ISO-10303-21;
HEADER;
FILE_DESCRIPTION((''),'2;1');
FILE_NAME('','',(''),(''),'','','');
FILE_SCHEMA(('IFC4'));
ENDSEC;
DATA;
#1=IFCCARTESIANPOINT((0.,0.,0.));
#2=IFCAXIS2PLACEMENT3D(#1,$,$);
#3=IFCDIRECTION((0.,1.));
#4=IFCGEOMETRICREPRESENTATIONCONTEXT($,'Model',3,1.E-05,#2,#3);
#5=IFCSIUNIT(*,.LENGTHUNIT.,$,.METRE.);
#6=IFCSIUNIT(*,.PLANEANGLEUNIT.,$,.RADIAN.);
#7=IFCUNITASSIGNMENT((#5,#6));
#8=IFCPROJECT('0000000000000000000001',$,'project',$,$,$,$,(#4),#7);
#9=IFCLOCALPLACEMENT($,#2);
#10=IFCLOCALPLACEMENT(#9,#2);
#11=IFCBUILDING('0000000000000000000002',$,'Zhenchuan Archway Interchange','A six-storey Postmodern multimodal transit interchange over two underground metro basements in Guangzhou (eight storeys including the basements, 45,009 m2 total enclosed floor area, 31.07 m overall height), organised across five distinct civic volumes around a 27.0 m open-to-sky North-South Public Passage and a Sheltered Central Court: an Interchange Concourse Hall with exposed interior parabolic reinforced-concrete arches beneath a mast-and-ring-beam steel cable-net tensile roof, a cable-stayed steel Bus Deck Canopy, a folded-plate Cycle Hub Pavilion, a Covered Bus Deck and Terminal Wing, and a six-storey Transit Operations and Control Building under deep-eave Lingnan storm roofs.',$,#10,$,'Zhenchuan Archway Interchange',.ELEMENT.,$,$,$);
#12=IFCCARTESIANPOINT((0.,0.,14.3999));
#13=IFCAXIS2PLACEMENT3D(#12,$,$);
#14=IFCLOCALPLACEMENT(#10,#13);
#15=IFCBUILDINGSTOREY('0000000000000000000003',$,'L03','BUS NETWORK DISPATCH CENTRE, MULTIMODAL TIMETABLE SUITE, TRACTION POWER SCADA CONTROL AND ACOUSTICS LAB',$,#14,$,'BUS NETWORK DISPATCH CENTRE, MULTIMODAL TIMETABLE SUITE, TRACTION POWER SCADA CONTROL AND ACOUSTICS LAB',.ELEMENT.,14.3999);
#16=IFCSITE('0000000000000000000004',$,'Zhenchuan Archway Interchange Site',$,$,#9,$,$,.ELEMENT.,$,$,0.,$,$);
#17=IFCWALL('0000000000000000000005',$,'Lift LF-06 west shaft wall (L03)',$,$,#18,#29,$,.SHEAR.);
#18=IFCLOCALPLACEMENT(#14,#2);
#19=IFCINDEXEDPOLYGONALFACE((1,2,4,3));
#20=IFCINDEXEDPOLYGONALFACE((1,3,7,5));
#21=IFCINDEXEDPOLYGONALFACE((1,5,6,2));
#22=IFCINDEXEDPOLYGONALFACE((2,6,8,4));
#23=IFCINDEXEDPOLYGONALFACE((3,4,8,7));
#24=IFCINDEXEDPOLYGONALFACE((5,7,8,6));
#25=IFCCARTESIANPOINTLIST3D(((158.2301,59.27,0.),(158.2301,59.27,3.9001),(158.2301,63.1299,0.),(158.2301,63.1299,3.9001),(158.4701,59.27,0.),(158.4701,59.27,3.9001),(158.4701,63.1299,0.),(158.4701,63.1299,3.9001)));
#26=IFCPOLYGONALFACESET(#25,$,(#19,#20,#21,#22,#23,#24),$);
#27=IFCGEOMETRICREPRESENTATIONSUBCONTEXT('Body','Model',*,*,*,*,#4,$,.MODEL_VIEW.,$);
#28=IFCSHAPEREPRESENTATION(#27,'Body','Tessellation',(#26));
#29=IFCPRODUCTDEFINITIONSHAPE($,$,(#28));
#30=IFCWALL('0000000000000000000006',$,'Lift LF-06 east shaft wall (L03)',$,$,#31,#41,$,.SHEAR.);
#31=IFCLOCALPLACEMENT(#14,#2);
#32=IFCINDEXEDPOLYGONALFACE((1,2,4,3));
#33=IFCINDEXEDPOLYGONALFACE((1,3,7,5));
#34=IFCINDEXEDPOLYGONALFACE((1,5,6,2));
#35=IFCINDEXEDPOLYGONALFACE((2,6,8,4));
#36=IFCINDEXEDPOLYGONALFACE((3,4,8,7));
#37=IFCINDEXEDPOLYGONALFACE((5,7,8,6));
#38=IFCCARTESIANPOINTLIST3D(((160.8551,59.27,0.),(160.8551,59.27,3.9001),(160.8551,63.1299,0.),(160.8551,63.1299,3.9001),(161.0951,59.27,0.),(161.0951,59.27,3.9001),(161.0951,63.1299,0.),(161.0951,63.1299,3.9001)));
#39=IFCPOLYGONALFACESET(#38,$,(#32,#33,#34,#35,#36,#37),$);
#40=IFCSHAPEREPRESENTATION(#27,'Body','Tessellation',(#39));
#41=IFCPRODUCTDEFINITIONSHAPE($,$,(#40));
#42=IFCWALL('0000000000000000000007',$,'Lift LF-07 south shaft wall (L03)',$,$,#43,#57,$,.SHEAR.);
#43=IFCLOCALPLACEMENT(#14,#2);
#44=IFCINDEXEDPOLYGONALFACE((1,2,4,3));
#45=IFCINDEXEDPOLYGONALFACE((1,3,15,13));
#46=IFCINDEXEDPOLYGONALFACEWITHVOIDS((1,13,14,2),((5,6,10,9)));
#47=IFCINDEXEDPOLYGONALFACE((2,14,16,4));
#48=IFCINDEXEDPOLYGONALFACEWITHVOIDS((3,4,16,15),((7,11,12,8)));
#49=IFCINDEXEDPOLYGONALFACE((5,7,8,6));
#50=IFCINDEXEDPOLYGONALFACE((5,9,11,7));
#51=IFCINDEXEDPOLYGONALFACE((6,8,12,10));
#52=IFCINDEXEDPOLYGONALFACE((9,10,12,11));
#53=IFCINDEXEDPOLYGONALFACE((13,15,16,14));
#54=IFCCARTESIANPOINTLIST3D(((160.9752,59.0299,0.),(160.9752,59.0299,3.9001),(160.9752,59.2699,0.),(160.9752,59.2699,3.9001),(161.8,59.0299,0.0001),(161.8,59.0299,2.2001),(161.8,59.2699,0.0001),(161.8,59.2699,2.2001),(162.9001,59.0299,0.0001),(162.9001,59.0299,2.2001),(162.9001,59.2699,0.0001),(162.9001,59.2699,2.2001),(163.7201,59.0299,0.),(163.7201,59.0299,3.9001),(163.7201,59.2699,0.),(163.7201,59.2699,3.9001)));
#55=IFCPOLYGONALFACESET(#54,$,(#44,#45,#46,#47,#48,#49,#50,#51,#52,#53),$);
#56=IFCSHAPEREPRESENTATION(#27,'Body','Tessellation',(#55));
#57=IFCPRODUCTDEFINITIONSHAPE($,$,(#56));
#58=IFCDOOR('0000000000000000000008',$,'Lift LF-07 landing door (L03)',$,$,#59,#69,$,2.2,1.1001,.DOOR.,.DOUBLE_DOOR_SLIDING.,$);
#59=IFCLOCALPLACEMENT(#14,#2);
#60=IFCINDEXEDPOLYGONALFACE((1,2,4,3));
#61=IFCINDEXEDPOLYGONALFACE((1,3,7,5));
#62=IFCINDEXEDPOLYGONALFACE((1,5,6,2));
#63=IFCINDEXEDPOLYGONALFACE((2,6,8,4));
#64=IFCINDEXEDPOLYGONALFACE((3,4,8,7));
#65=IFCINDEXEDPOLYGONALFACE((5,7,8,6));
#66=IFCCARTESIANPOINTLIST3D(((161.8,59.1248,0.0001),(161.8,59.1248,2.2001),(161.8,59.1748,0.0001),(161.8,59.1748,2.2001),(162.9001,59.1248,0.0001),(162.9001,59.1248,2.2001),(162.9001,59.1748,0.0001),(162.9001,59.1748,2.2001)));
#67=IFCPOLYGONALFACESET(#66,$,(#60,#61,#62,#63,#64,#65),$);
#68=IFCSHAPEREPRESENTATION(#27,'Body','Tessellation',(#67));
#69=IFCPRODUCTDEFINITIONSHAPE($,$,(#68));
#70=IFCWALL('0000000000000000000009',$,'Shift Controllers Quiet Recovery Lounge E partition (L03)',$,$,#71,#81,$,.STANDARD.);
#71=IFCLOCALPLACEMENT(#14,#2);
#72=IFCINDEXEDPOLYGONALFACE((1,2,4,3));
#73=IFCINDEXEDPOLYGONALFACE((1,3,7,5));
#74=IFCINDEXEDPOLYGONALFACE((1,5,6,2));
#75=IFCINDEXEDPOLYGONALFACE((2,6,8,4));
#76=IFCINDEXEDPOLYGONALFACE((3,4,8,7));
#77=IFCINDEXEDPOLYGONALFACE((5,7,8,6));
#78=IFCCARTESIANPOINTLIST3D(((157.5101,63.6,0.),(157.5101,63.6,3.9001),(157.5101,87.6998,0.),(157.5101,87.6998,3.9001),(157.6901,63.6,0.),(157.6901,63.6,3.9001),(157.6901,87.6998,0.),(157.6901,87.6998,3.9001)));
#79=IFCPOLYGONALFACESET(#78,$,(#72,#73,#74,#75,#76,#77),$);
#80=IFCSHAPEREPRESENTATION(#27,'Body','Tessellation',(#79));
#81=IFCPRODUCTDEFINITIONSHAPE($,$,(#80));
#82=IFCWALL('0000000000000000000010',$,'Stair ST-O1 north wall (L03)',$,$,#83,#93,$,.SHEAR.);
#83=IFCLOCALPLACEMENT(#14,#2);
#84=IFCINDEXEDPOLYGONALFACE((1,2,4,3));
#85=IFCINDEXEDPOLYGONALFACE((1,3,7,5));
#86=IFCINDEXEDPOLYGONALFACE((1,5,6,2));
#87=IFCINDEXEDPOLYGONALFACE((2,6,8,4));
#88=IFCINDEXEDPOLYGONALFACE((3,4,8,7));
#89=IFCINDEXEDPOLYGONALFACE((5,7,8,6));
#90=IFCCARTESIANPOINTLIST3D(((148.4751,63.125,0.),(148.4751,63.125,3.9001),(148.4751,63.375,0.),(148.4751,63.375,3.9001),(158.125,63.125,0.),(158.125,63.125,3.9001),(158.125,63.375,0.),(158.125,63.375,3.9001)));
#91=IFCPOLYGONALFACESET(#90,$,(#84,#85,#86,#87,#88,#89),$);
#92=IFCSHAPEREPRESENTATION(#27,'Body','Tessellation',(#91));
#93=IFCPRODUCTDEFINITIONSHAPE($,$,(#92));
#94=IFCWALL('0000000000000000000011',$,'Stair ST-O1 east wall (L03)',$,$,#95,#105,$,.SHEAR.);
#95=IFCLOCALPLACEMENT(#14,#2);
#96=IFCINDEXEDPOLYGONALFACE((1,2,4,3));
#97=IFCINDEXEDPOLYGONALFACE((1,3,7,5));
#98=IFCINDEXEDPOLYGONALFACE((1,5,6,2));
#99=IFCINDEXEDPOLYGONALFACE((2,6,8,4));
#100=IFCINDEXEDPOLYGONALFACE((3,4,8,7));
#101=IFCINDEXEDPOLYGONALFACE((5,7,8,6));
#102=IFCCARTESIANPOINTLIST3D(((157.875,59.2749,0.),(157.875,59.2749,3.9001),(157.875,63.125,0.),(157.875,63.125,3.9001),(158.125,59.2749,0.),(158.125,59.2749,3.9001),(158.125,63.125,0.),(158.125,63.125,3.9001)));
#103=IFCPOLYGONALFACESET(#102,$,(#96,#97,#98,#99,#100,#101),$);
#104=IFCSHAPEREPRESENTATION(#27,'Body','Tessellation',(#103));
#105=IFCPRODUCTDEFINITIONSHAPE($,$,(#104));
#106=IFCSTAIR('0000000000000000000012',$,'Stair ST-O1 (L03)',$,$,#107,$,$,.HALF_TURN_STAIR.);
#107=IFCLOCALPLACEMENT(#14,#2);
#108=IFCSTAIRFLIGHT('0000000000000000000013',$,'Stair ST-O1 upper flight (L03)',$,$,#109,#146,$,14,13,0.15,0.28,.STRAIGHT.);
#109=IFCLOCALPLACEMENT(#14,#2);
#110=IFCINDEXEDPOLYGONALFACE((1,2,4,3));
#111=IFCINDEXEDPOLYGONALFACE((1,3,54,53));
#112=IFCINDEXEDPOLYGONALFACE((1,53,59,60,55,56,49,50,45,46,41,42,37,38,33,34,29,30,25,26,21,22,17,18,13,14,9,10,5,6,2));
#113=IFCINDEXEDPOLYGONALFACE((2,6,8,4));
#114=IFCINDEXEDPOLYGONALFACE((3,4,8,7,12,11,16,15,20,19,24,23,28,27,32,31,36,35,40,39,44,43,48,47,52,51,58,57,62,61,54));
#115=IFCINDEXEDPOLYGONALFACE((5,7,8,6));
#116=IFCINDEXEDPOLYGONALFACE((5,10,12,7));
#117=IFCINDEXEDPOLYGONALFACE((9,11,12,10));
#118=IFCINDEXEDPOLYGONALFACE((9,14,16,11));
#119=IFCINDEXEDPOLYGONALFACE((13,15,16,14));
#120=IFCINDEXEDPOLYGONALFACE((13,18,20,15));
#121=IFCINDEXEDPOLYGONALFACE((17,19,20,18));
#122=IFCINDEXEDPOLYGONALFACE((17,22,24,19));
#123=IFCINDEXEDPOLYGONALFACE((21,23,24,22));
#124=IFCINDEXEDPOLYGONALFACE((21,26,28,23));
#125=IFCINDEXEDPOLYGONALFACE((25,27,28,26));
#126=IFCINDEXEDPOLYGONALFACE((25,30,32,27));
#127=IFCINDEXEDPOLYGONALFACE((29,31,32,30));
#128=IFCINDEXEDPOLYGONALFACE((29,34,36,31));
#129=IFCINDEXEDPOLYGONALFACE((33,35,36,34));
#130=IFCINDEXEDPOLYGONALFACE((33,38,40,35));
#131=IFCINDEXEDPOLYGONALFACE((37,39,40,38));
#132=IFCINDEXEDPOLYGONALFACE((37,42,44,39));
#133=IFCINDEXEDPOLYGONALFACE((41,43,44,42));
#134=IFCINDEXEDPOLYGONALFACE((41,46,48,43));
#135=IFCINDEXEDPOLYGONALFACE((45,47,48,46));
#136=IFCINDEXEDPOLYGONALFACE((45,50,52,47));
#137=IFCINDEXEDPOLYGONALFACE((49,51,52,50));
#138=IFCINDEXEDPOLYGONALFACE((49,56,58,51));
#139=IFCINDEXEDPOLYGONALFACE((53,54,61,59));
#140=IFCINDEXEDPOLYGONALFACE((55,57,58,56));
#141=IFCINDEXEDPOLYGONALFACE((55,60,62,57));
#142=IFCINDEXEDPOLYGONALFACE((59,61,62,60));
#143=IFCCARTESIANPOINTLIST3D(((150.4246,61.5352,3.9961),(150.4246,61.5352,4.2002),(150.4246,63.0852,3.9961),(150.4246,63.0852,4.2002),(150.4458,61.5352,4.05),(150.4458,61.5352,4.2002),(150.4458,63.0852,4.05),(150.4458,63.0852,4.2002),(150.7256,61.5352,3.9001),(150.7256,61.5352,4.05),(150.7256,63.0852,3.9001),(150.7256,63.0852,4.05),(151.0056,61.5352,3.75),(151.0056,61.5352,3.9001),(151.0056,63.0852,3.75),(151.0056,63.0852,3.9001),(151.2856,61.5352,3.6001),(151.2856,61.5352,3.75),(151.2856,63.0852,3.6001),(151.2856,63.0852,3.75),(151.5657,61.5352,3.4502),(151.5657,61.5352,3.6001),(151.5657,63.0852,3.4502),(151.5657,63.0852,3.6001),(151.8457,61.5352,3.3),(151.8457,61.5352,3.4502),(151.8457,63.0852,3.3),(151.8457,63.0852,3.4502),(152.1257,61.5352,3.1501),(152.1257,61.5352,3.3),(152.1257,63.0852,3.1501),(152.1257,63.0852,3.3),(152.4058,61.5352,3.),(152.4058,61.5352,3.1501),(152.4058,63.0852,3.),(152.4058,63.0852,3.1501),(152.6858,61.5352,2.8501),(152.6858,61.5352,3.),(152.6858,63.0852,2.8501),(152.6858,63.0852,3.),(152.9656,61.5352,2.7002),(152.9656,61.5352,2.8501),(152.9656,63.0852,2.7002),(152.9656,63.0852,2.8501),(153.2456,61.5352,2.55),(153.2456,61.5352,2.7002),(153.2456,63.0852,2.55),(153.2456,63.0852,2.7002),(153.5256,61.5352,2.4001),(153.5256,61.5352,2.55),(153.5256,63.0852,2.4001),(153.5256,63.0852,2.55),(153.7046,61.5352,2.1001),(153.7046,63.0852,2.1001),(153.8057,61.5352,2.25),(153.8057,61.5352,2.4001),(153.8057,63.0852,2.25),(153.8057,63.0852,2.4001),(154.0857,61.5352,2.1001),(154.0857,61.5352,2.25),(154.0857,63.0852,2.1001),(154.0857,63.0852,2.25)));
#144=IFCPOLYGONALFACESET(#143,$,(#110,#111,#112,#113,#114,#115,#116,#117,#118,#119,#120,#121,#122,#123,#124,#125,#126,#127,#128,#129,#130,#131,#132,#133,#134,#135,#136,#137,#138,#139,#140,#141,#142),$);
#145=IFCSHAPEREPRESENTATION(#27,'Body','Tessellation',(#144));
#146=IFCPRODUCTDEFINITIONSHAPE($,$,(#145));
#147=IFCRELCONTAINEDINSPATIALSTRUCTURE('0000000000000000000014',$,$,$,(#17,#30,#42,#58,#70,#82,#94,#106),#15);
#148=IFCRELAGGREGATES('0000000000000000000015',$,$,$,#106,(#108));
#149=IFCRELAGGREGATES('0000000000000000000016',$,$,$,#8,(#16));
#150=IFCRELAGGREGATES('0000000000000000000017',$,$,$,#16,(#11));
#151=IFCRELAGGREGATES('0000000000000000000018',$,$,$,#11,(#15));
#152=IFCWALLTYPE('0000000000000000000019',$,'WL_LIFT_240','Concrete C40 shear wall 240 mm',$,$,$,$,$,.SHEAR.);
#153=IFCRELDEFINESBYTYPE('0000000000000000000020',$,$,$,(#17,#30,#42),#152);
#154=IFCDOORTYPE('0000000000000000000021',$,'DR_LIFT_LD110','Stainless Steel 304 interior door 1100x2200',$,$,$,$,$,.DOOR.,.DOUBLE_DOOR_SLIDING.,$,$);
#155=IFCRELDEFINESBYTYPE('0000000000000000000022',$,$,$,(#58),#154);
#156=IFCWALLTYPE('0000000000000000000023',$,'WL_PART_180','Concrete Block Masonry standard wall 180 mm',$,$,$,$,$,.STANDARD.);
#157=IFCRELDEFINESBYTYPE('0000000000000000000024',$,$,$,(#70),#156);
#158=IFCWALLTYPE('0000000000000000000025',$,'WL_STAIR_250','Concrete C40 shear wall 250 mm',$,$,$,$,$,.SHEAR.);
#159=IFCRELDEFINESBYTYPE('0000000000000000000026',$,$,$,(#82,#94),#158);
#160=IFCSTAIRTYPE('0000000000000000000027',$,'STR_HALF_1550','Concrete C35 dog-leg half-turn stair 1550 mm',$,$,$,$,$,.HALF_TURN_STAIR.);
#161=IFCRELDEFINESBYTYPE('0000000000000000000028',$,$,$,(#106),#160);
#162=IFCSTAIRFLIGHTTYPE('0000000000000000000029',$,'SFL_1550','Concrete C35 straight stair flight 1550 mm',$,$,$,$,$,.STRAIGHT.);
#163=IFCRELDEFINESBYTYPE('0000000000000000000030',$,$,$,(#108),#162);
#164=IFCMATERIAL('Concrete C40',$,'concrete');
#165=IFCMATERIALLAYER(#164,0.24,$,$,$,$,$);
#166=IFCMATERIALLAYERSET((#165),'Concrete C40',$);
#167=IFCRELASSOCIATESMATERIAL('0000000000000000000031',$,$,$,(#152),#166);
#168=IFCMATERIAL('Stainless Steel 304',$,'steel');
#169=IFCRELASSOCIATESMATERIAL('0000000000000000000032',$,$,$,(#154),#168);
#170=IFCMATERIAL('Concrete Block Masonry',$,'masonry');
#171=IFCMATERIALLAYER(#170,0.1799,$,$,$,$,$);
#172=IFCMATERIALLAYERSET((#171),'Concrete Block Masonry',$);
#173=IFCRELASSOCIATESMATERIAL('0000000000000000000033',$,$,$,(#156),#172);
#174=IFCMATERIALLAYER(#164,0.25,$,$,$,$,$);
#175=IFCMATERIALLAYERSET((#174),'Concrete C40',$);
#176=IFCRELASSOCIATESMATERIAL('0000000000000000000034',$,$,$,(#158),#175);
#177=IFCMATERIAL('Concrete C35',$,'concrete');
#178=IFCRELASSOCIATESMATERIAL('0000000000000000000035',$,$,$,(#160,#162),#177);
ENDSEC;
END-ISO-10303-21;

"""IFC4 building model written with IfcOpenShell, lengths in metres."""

from ifc_helpers import new_model, si_unit, direction, frame, frame_2d, origin, place, context, subcontext, project, spatial, polyline, rectangle, outline, extrude, material, layer, layer_set, type_object, element, fill, aggregate, save


model = new_model("IFC4")

# Units and contexts
model_context = context("Model", 3, precision=1e-05, world=origin(), true_north=direction((0.0, 1.0)))
body_context = subcontext(model_context, "Body", "Model", "MODEL_VIEW")
ifc_project = project(units=[si_unit("LENGTHUNIT", "METRE"), si_unit("PLANEANGLEUNIT", "RADIAN")], contexts=[model_context])

# Site, building, storey
site_placement = place(None, origin())
site = spatial("IfcSite", under=ifc_project, at=site_placement, Name="Zhenchuan Archway Interchange Site", CompositionType="ELEMENT", RefElevation=0.0)
building_placement = place(site_placement, origin())
building = spatial("IfcBuilding", under=site, at=building_placement, Name="Zhenchuan Archway Interchange", Description="A six-storey Postmodern multimodal transit interchange over two underground metro basements in Guangzhou (eight storeys including the basements, 45,009 m2 total enclosed floor area, 31.07 m overall height), organised across five distinct civic volumes around a 27.0 m open-to-sky North-South Public Passage and a Sheltered Central Court: an Interchange Concourse Hall with exposed interior parabolic reinforced-concrete arches beneath a mast-and-ring-beam steel cable-net tensile roof, a cable-stayed steel Bus Deck Canopy, a folded-plate Cycle Hub Pavilion, a Covered Bus Deck and Terminal Wing, and a six-storey Transit Operations and Control Building under deep-eave Lingnan storm roofs.", LongName="Zhenchuan Archway Interchange", CompositionType="ELEMENT")
storey_placement = place(building_placement, frame((0.0, 0.0, 14.3999)))
storey = spatial("IfcBuildingStorey", under=building, at=storey_placement, Name="L03", Description="BUS NETWORK DISPATCH CENTRE, MULTIMODAL TIMETABLE SUITE, TRACTION POWER SCADA CONTROL AND ACOUSTICS LAB", LongName="BUS NETWORK DISPATCH CENTRE, MULTIMODAL TIMETABLE SUITE, TRACTION POWER SCADA CONTROL AND ACOUSTICS LAB", CompositionType="ELEMENT", Elevation=14.3999)

# Shared definitions
ifc_material_1 = material(Name="Concrete C40", Category="concrete")

# Shared definitions
ifc_layer_1 = layer(ifc_material_1, 0.24)
ifc_layer_set_1 = layer_set([ifc_layer_1], Name="Concrete C40")
wall_type_1 = type_object("IfcWallType", Name="WL_LIFT_240", Description="Concrete C40 shear wall 240 mm", PredefinedType="SHEAR", material=ifc_layer_set_1)
ifc_material_2 = material(Name="Stainless Steel 304", Category="steel")
door_type = type_object("IfcDoorType", Name="DR_LIFT_LD110", Description="Stainless Steel 304 interior door 1100x2200", OperationType="DOUBLE_DOOR_SLIDING", PredefinedType="DOOR", material=ifc_material_2)

# Walls
for number, where, z_axis, x_axis, name in (
    (1, (158.3501, 63.1299, 0.0), (0.0, 0.0, 1.0), (0.0, -1.0, 0.0), "Lift LF-06 west shaft wall (L03)"),
    (2, (160.9751, 59.27, 0.0), (0.0, 0.0, 1.0), (0.0, 1.0, 0.0), "Lift LF-06 east shaft wall (L03)"),
):
    element("IfcWall", number, at=place(storey_placement, frame(where, z_axis=z_axis, x_axis=x_axis)), inside=storey, type_object=wall_type_1, Name=name, PredefinedType="SHEAR", context=body_context, shape_type="SweptSolid", body=[
        extrude(rectangle(XDim=3.8599, YDim=0.24, at=frame_2d((1.9299, 0.0))), origin(), (0.0, 0.0, 1.0), 3.9001),
    ])

# Wall, opening, door
wall_1_placement = place(storey_placement, frame((160.9751, 59.1499, 0.0), z_axis=(0.0, 0.0, 1.0), x_axis=(1.0, 0.0, 0.0)))
wall_1 = element("IfcWall", 3, at=wall_1_placement, inside=storey, type_object=wall_type_1, Name="Lift LF-07 south shaft wall (L03)", PredefinedType="SHEAR", context=body_context, shape_type="SweptSolid", body=[
    extrude(rectangle(XDim=2.7449, YDim=0.24, at=frame_2d((1.3726, 0.0))), origin(), (0.0, 0.0, 1.0), 3.9001),
])
opening_1_placement = place(wall_1_placement, frame((0.825, 0.0, 0.0)))
opening_1 = element("IfcOpeningElement", 4, at=opening_1_placement, cuts=wall_1, PredefinedType="OPENING", context=body_context, shape_type="SweptSolid", body=[
    extrude(rectangle(XDim=1.1001, YDim=2.2, at=frame_2d((0.55, 1.1001))), frame((0.0, 0.1318, 0.0), z_axis=(0.0, -1.0, 0.0), x_axis=(1.0, 0.0, 0.0)), (0.0, 0.0, 1.0), 0.2639),
])
door_1_placement = place(opening_1_placement, origin())
door_1 = element("IfcDoor", 5, at=door_1_placement, inside=storey, type_object=door_type, Name="Lift LF-07 landing door (L03)", OperationType="DOUBLE_DOOR_SLIDING", OverallHeight=2.2, OverallWidth=1.1001, PredefinedType="DOOR", context=body_context, shape_type="SweptSolid", body=[
    extrude(rectangle(XDim=1.1001, YDim=2.2, at=frame_2d((0.55, 1.1001))), frame((0.0, 0.0249, 0.0), z_axis=(0.0, -1.0, 0.0), x_axis=(1.0, 0.0, 0.0)), (0.0, 0.0, 1.0), 0.05),
])
fill(opening_1, door_1)

# Walls
ifc_material_3 = material(Name="Concrete Block Masonry", Category="masonry")
ifc_layer_2 = layer(ifc_material_3, 0.1799)
ifc_layer_set_2 = layer_set([ifc_layer_2], Name="Concrete Block Masonry")
wall_type_2 = type_object("IfcWallType", Name="WL_PART_180", Description="Concrete Block Masonry standard wall 180 mm", PredefinedType="STANDARD", material=ifc_layer_set_2)
wall_2_placement = place(storey_placement, frame((157.6001, 63.6001, 0.0), z_axis=(0.0, 0.0, 1.0), x_axis=(0.0, 1.0, 0.0)))
element("IfcWall", 6, at=wall_2_placement, inside=storey, type_object=wall_type_2, Name="Shift Controllers Quiet Recovery Lounge E partition (L03)", PredefinedType="STANDARD", context=body_context, shape_type="SweptSolid", body=[
    extrude(rectangle(XDim=24.0999, YDim=0.1799, at=frame_2d((12.0498, 0.0))), origin(), (0.0, 0.0, 1.0), 3.9001),
])
ifc_layer_3 = layer(ifc_material_1, 0.25)
ifc_layer_set_3 = layer_set([ifc_layer_3], Name="Concrete C40")
wall_type_3 = type_object("IfcWallType", Name="WL_STAIR_250", Description="Concrete C40 shear wall 250 mm", PredefinedType="SHEAR", material=ifc_layer_set_3)
wall_3_placement = place(storey_placement, frame((158.125, 63.25, 0.0), z_axis=(0.0, 0.0, 1.0), x_axis=(-1.0, 0.0, 0.0)))
element("IfcWall", 7, at=wall_3_placement, inside=storey, type_object=wall_type_3, Name="Stair ST-O1 north wall (L03)", PredefinedType="SHEAR", context=body_context, shape_type="SweptSolid", body=[
    extrude(rectangle(XDim=9.6499, YDim=0.25, at=frame_2d((4.825, 0.0))), origin(), (0.0, 0.0, 1.0), 3.9001),
])
wall_4_placement = place(storey_placement, frame((158.0, 59.2749, 0.0), z_axis=(0.0, 0.0, 1.0), x_axis=(0.0, 1.0, 0.0)))
element("IfcWall", 8, at=wall_4_placement, inside=storey, type_object=wall_type_3, Name="Stair ST-O1 east wall (L03)", PredefinedType="SHEAR", context=body_context, shape_type="SweptSolid", body=[
    extrude(rectangle(XDim=3.8501, YDim=0.25, at=frame_2d((1.925, 0.0))), origin(), (0.0, 0.0, 1.0), 3.9001),
])

# Stair, stair flight
ifc_material_4 = material(Name="Concrete C35", Category="concrete")
stair_type = type_object("IfcStairType", Name="STR_HALF_1550", Description="Concrete C35 dog-leg half-turn stair 1550 mm", PredefinedType="HALF_TURN_STAIR", material=ifc_material_4)
stair_placement = place(storey_placement, origin())
stair = element("IfcStair", 9, at=stair_placement, inside=storey, type_object=stair_type, Name="Stair ST-O1 (L03)", PredefinedType="HALF_TURN_STAIR")
stair_flight_type = type_object("IfcStairFlightType", Name="SFL_1550", Description="Concrete C35 straight stair flight 1550 mm", PredefinedType="STRAIGHT", material=ifc_material_4)
stair_flight_placement = place(storey_placement, frame((154.0857, 62.3101, 2.1001), z_axis=(0.0, 0.0, 1.0), x_axis=(-1.0, 0.0, 0.0)))
stair_flight = element("IfcStairFlight", 10, at=stair_flight_placement, type_object=stair_flight_type, Name="Stair ST-O1 upper flight (L03)", NumberOfRisers=14, NumberOfTreads=13, PredefinedType="STRAIGHT", RiserHeight=0.15, TreadLength=0.28, context=body_context, shape_type="SweptSolid", body=[
    extrude(outline(polyline([(0.0, 0.0), (0.0, 0.1499), (0.28, 0.1499), (0.28, 0.3), (0.5601, 0.3), (0.5601, 0.45), (0.8401, 0.45), (0.8401, 0.6001), (1.1201, 0.6001), (1.1201, 0.75), (1.3999, 0.75), (1.3999, 0.8999), (1.6799, 0.8999), (1.6799, 1.05), (1.96, 1.05), (1.96, 1.2), (2.24, 1.2), (2.24, 1.3501), (2.52, 1.3501), (2.52, 1.5), (2.8, 1.5), (2.8, 1.6499), (3.0801, 1.6499), (3.0801, 1.8), (3.3601, 1.8), (3.3601, 1.95), (3.6399, 1.95), (3.6399, 2.1001), (3.6611, 2.1001), (3.6611, 1.896), (0.3811, 0.0), (0.0, 0.0)])), frame((0.0, 0.7749, 0.0), z_axis=(0.0, -1.0, 0.0), x_axis=(1.0, 0.0, 0.0)), (0.0, 0.0, 1.0), 1.55),
])
aggregate(stair, [stair_flight])

save(model, "model.ifc")
